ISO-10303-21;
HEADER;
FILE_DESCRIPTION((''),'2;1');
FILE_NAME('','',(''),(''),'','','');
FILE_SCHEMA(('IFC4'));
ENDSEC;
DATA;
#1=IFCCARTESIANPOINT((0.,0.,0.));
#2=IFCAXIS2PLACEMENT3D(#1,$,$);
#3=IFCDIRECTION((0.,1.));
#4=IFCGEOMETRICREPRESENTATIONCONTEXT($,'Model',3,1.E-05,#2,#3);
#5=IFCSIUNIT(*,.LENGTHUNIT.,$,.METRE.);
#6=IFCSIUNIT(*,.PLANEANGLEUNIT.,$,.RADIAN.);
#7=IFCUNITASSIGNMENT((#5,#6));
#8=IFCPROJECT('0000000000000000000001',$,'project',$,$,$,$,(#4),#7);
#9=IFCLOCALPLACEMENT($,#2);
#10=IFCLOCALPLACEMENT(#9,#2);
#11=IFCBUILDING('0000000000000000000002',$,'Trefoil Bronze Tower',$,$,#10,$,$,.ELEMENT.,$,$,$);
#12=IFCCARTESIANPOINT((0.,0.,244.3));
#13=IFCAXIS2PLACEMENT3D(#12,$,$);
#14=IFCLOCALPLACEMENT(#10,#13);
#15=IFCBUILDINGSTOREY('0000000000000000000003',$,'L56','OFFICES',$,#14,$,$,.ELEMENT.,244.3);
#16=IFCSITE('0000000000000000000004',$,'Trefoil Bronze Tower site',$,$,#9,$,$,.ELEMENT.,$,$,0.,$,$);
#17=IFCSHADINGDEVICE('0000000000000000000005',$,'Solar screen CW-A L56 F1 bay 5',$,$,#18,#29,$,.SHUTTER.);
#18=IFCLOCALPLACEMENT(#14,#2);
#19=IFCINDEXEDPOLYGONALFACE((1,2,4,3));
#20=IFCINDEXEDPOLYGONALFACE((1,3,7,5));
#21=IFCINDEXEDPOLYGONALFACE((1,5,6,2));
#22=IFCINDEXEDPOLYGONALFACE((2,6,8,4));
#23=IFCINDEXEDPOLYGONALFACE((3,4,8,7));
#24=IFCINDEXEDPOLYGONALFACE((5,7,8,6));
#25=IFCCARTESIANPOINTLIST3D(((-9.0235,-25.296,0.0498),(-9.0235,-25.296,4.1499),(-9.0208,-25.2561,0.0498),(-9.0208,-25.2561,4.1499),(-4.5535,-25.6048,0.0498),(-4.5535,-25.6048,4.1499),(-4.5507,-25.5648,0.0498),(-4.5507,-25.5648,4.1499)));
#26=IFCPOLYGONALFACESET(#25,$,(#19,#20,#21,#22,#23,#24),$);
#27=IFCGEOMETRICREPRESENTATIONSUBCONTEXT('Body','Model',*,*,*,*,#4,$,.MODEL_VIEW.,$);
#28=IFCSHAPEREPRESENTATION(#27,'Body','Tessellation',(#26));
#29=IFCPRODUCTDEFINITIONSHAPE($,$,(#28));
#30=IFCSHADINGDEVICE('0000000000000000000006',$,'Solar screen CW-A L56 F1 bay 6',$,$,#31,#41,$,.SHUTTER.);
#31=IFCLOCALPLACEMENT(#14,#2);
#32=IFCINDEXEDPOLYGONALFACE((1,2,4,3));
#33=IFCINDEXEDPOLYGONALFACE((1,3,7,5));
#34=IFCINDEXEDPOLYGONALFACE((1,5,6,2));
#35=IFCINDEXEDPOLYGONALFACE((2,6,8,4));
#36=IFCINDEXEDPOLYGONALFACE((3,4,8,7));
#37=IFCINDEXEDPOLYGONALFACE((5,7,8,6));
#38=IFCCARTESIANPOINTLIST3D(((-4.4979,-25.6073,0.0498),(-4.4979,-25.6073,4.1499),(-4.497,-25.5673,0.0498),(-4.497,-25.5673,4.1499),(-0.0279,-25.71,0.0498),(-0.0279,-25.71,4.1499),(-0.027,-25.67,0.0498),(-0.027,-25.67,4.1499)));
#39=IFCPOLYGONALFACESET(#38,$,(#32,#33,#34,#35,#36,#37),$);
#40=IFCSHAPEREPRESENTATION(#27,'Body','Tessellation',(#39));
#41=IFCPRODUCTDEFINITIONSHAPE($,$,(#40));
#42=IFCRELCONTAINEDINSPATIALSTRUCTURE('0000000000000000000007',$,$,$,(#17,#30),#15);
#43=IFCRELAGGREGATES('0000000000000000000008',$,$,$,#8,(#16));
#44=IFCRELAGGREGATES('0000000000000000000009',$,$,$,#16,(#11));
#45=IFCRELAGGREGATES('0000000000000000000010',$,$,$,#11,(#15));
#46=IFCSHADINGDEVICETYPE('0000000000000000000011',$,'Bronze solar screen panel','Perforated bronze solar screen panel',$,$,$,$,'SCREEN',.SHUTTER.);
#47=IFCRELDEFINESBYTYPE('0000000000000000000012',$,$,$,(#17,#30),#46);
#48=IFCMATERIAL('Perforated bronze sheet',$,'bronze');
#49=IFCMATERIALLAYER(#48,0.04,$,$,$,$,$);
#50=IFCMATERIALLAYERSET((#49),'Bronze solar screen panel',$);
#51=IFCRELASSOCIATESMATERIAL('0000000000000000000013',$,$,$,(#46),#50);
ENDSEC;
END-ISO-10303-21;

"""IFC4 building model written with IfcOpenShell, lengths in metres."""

from ifc_helpers import new_model, si_unit, direction, frame, origin, origin_2d, place, context, subcontext, project, spatial, rectangle, extrude, material, layer, layer_set, type_object, element, save


model = new_model("IFC4")

# Units and contexts
model_context = context("Model", 3, precision=1e-05, world=origin(), true_north=direction((0.0, 1.0)))
body_context = subcontext(model_context, "Body", "Model", "MODEL_VIEW")
ifc_project = project(units=[si_unit("LENGTHUNIT", "METRE"), si_unit("PLANEANGLEUNIT", "RADIAN")], contexts=[model_context])

# Site, building, storey
site_placement = place(None, origin())
site = spatial("IfcSite", under=ifc_project, at=site_placement, Name="Trefoil Bronze Tower site", CompositionType="ELEMENT", RefElevation=0.0)
building_placement = place(site_placement, origin())
building = spatial("IfcBuilding", under=site, at=building_placement, Name="Trefoil Bronze Tower", CompositionType="ELEMENT")
storey_placement = place(building_placement, frame((0.0, 0.0, 244.3)))
storey = spatial("IfcBuildingStorey", under=building, at=storey_placement, Name="L56", Description="OFFICES", CompositionType="ELEMENT", Elevation=244.3)

# Shading devices
ifc_material_1 = material(Name="Perforated bronze sheet", Category="bronze")
ifc_layer_1 = layer(ifc_material_1, 0.04)
ifc_layer_set_1 = layer_set([ifc_layer_1], Name="Bronze solar screen panel")
shading_device_type = type_object("IfcShadingDeviceType", Name="Bronze solar screen panel", Description="Perforated bronze solar screen panel", ElementType="SCREEN", PredefinedType="SHUTTER", material=ifc_layer_set_1)
shading_device_1_placement = place(storey_placement, frame((-6.7871, -25.4304, 0.0498), z_axis=(0.0, 0.0, 1.0), x_axis=(0.997623, -0.068915, 0.0)))
element("IfcShadingDevice", 1, at=shading_device_1_placement, inside=storey, type_object=shading_device_type, Name="Solar screen CW-A L56 F1 bay 5", PredefinedType="SHUTTER", context=body_context, shape_type="SweptSolid", body=[
    extrude(rectangle(XDim=4.4807, YDim=0.04, at=origin_2d()), origin(), (0.0, 0.0, 1.0), 4.1001),
])
shading_device_2_placement = place(storey_placement, frame((-2.2625, -25.6387, 0.0498), z_axis=(0.0, 0.0, 1.0), x_axis=(0.999736, -0.022972, 0.0)))
element("IfcShadingDevice", 2, at=shading_device_2_placement, inside=storey, type_object=shading_device_type, Name="Solar screen CW-A L56 F1 bay 6", PredefinedType="SHUTTER", context=body_context, shape_type="SweptSolid", body=[
    extrude(rectangle(XDim=4.4712, YDim=0.04, at=origin_2d()), origin(), (0.0, 0.0, 1.0), 4.1001),
])

save(model, "model.ifc")
